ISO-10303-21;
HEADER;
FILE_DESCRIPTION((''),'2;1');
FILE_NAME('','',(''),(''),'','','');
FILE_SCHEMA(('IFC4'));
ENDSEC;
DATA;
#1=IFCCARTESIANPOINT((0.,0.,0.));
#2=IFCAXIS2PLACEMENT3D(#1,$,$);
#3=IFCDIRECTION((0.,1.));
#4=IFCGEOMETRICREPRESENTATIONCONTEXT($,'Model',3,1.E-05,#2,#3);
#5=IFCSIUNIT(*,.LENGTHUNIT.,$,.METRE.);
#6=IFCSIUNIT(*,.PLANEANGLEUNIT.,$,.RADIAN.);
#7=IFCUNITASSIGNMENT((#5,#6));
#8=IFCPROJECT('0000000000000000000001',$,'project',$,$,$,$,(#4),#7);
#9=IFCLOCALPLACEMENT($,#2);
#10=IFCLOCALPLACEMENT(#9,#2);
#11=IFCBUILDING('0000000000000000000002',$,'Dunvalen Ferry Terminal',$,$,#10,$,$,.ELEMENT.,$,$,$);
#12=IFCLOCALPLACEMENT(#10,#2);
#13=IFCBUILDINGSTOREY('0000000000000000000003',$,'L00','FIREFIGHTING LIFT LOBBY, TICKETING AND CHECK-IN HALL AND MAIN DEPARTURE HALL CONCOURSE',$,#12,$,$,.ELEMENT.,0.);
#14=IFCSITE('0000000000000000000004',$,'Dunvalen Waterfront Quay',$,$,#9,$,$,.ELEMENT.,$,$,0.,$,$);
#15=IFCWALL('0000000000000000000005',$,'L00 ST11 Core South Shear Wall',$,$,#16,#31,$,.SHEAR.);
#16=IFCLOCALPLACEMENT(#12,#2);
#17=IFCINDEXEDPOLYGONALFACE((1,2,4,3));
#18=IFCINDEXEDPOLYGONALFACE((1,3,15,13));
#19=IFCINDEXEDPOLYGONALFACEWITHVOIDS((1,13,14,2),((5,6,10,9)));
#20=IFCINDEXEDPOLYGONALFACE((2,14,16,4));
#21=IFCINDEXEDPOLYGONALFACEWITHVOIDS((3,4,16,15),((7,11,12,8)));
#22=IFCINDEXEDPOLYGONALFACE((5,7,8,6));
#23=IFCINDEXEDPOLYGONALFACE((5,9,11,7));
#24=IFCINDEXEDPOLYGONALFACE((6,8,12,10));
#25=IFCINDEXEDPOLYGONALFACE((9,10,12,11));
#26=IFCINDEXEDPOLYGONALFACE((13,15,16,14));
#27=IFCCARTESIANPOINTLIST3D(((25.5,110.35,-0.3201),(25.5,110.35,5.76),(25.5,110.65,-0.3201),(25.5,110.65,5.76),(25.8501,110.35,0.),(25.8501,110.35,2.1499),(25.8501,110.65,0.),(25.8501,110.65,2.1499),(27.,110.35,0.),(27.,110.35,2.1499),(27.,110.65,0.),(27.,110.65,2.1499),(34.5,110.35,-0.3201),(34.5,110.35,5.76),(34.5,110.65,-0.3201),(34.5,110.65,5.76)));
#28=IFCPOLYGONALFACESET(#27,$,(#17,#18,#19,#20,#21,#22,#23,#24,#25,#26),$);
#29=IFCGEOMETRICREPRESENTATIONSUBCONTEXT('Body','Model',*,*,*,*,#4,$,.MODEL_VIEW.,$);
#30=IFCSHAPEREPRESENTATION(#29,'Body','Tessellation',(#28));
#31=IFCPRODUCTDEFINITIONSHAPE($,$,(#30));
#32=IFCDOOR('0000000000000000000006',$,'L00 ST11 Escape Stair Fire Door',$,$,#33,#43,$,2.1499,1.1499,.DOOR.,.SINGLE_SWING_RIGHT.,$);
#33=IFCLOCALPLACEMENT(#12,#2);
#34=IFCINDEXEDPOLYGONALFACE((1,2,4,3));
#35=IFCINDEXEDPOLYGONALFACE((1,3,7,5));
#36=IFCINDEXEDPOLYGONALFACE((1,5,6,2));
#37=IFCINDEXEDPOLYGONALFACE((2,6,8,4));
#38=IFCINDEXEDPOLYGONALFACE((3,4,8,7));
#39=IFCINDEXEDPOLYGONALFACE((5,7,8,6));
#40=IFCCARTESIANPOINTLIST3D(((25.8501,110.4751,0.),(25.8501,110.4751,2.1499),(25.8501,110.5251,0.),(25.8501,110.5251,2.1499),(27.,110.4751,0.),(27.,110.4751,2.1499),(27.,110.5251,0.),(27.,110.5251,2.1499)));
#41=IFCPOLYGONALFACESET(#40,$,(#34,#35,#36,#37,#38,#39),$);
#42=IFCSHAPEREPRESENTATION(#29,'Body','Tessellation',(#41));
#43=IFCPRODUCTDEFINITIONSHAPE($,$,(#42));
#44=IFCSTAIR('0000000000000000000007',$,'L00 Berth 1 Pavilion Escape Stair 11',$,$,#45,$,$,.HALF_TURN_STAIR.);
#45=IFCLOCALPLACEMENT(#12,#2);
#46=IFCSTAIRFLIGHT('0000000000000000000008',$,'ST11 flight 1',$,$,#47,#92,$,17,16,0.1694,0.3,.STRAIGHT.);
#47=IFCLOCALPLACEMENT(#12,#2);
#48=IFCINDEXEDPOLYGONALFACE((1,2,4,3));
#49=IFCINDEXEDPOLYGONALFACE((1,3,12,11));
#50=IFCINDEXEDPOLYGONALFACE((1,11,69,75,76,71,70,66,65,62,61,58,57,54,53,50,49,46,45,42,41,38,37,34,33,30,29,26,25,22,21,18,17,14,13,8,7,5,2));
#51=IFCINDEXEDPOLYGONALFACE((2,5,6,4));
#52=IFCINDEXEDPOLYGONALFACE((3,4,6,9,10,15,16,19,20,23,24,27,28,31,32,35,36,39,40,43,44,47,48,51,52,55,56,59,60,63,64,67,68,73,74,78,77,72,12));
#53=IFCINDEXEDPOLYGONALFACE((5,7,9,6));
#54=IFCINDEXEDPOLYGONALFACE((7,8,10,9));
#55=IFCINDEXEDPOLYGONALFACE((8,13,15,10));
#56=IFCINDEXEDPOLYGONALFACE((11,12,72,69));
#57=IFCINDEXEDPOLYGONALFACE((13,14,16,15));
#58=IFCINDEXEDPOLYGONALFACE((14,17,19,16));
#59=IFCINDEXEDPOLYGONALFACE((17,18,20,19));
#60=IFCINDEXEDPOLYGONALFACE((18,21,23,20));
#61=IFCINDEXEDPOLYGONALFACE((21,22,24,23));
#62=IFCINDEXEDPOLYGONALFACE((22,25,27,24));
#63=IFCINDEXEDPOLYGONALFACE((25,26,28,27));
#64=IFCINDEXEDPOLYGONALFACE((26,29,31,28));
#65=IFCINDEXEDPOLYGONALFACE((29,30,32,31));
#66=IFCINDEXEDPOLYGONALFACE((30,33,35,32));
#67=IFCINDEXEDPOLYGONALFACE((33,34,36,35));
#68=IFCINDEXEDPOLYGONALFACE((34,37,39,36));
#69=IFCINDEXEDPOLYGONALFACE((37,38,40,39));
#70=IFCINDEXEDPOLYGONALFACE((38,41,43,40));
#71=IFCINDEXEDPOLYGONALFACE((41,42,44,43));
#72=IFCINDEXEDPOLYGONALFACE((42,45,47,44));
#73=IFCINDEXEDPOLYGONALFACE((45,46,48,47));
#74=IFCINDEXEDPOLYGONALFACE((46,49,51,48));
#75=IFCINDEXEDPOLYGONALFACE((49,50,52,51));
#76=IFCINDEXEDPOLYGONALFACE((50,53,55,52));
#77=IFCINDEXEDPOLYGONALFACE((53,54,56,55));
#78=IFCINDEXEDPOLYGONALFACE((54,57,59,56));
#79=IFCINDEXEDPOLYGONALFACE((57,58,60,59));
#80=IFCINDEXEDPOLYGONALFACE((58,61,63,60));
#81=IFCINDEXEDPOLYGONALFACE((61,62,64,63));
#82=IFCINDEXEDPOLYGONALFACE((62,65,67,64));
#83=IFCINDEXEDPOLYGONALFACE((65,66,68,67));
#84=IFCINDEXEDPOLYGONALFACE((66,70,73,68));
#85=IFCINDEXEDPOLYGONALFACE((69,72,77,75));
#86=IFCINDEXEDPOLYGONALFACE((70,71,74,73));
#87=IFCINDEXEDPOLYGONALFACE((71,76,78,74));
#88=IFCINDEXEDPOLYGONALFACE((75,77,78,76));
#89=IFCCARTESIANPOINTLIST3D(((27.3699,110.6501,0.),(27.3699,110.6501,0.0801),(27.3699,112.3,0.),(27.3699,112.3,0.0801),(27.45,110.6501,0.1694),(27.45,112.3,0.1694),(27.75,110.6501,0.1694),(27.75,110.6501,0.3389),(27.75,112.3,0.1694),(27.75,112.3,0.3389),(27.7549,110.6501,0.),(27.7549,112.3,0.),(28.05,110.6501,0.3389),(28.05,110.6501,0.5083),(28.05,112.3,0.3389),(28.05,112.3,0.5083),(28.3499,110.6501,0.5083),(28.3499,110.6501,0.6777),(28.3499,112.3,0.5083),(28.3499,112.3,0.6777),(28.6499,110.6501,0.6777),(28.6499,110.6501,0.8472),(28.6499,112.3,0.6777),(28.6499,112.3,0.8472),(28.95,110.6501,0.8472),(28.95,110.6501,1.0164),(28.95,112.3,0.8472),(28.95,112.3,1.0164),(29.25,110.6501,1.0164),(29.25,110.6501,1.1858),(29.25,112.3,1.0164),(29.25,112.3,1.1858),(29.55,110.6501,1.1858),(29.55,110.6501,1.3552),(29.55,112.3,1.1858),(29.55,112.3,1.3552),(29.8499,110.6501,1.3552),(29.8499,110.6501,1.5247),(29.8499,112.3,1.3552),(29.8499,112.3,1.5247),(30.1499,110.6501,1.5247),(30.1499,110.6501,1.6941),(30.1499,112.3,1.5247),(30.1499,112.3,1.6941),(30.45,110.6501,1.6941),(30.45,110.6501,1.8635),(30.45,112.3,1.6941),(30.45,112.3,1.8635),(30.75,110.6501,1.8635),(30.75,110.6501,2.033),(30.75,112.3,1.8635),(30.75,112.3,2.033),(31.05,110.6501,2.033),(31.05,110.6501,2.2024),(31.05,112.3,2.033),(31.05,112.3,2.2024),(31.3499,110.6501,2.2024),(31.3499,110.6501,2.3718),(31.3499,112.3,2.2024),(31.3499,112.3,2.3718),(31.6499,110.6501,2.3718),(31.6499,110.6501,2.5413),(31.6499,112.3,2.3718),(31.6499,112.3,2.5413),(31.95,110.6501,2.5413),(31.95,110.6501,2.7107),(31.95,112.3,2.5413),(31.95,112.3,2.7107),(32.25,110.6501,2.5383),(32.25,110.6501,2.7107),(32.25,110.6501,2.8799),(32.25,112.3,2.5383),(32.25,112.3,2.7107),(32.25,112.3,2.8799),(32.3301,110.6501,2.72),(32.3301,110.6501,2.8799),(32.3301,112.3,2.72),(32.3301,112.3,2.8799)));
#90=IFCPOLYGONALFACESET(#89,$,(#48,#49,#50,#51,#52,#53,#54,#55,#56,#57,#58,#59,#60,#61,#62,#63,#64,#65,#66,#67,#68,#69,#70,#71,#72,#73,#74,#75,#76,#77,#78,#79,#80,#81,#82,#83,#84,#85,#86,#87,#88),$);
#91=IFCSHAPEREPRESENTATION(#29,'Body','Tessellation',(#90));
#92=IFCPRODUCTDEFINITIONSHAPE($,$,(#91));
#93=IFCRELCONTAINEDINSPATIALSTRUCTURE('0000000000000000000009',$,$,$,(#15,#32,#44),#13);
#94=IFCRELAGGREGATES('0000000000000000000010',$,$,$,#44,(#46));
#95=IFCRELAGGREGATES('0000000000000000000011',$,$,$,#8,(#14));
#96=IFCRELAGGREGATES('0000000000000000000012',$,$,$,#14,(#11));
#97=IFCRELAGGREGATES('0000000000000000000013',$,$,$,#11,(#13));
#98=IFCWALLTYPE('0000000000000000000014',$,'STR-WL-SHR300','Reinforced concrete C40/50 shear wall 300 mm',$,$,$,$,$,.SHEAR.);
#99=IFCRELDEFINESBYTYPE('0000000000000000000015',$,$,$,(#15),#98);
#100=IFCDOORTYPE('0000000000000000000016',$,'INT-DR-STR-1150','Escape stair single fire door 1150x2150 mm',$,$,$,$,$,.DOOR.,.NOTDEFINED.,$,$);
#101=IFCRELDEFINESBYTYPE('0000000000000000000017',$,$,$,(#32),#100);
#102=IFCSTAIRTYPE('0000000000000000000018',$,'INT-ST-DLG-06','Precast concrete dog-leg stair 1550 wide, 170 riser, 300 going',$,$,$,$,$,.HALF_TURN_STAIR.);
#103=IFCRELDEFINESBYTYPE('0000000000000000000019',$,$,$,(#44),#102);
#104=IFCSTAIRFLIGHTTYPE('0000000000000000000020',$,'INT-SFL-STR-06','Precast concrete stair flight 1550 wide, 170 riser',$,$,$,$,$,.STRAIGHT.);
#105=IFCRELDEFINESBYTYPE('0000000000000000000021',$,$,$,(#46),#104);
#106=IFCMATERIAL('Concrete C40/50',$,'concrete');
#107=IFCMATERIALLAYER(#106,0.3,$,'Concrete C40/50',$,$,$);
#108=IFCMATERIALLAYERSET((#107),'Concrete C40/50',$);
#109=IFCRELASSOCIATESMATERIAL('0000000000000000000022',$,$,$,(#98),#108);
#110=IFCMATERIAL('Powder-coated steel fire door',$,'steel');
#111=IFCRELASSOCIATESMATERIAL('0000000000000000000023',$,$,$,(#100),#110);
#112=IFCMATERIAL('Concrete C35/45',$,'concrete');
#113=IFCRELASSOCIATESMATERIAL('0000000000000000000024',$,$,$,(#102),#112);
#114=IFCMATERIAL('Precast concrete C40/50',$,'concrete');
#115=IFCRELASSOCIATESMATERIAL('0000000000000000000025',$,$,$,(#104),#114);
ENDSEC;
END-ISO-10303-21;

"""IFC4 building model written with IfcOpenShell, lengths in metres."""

from ifc_helpers import new_model, si_unit, direction, frame, frame_2d, origin, place, context, subcontext, project, spatial, polyline, rectangle, outline, extrude, material, layer, layer_set, type_object, element, fill, aggregate, save


model = new_model("IFC4")

# Units and contexts
model_context = context("Model", 3, precision=1e-05, world=origin(), true_north=direction((0.0, 1.0)))
body_context = subcontext(model_context, "Body", "Model", "MODEL_VIEW")
ifc_project = project(units=[si_unit("LENGTHUNIT", "METRE"), si_unit("PLANEANGLEUNIT", "RADIAN")], contexts=[model_context])

# Site, building, storey
site_placement = place(None, origin())
site = spatial("IfcSite", under=ifc_project, at=site_placement, Name="Dunvalen Waterfront Quay", CompositionType="ELEMENT", RefElevation=0.0)
building_placement = place(site_placement, origin())
building = spatial("IfcBuilding", under=site, at=building_placement, Name="Dunvalen Ferry Terminal", CompositionType="ELEMENT")
storey_placement = place(building_placement, origin())
storey = spatial("IfcBuildingStorey", under=building, at=storey_placement, Name="L00", Description="FIREFIGHTING LIFT LOBBY, TICKETING AND CHECK-IN HALL AND MAIN DEPARTURE HALL CONCOURSE", CompositionType="ELEMENT", Elevation=0.0)

# Shared definitions
ifc_material_1 = material(Name="Concrete C40/50", Category="concrete")

# Shared definitions
ifc_layer = layer(ifc_material_1, 0.3, Name="Concrete C40/50")
ifc_layer_set = layer_set([ifc_layer], Name="Concrete C40/50")
wall_type = type_object("IfcWallType", Name="STR-WL-SHR300", Description="Reinforced concrete C40/50 shear wall 300 mm", PredefinedType="SHEAR", material=ifc_layer_set)

# Wall, opening, door
wall_placement = place(storey_placement, frame((25.5, 110.5, -0.3201), z_axis=(0.0, 0.0, 1.0), x_axis=(1.0, 0.0, 0.0)))
wall = element("IfcWall", 1, at=wall_placement, inside=storey, type_object=wall_type, Name="L00 ST11 Core South Shear Wall", PredefinedType="SHEAR", context=body_context, shape_type="SweptSolid", body=[
    extrude(rectangle(XDim=9.0, YDim=0.3, at=frame_2d((4.5, 0.0))), origin(), (0.0, 0.0, 1.0), 6.0801),
])
opening_placement = place(wall_placement, frame((0.3501, 0.0, 0.3201)))
opening = element("IfcOpeningElement", 2, at=opening_placement, cuts=wall, PredefinedType="OPENING", context=body_context, shape_type="SweptSolid", body=[
    extrude(rectangle(XDim=1.1499, YDim=2.1499, at=frame_2d((0.575, 1.075))), frame((0.0, 0.1602, 0.0), z_axis=(0.0, -1.0, 0.0), x_axis=(1.0, 0.0, 0.0)), (0.0, 0.0, 1.0), 0.3201),
])
ifc_material_2 = material(Name="Powder-coated steel fire door", Category="steel")
door_type = type_object("IfcDoorType", Name="INT-DR-STR-1150", Description="Escape stair single fire door 1150x2150 mm", OperationType="NOTDEFINED", PredefinedType="DOOR", material=ifc_material_2)
door_placement = place(opening_placement, frame((1.1499, 0.0, 0.0), z_axis=(0.0, 0.0, 1.0), x_axis=(-1.0, 0.0, 0.0)))
door = element("IfcDoor", 3, at=door_placement, inside=storey, type_object=door_type, Name="L00 ST11 Escape Stair Fire Door", OperationType="SINGLE_SWING_RIGHT", OverallHeight=2.1499, OverallWidth=1.1499, PredefinedType="DOOR", context=body_context, shape_type="SweptSolid", body=[
    extrude(rectangle(XDim=1.1499, YDim=2.1499, at=frame_2d((0.575, 1.075))), frame((0.0, 0.0249, 0.0), z_axis=(0.0, -1.0, 0.0), x_axis=(1.0, 0.0, 0.0)), (0.0, 0.0, 1.0), 0.05),
])
fill(opening, door)

# Stair, stair flight
ifc_material_3 = material(Name="Concrete C35/45", Category="concrete")
stair_type = type_object("IfcStairType", Name="INT-ST-DLG-06", Description="Precast concrete dog-leg stair 1550 wide, 170 riser, 300 going", PredefinedType="HALF_TURN_STAIR", material=ifc_material_3)
stair_placement = place(storey_placement, origin())
stair = element("IfcStair", 4, at=stair_placement, inside=storey, type_object=stair_type, Name="L00 Berth 1 Pavilion Escape Stair 11", PredefinedType="HALF_TURN_STAIR")
ifc_material_4 = material(Name="Precast concrete C40/50", Category="concrete")
stair_flight_type = type_object("IfcStairFlightType", Name="INT-SFL-STR-06", Description="Precast concrete stair flight 1550 wide, 170 riser", PredefinedType="STRAIGHT", material=ifc_material_4)
stair_flight_placement = place(storey_placement, frame((27.45, 111.4751, 0.0), z_axis=(0.0, 0.0, 1.0), x_axis=(1.0, 0.0, 0.0)))
stair_flight = element("IfcStairFlight", 5, at=stair_flight_placement, type_object=stair_flight_type, Name="ST11 flight 1", NumberOfRisers=17, NumberOfTreads=16, PredefinedType="STRAIGHT", RiserHeight=0.1694, TreadLength=0.3, context=body_context, shape_type="SweptSolid", body=[
    extrude(outline(polyline([(-0.0801, 0.0), (-0.0801, 0.0801), (0.0, 0.1694), (0.3, 0.1694), (0.3, 0.3389), (0.6001, 0.3389), (0.6001, 0.5083), (0.8999, 0.5083), (0.8999, 0.6777), (1.2, 0.6777), (1.2, 0.8472), (1.5, 0.8472), (1.5, 1.0164), (1.8, 1.0164), (1.8, 1.1858), (2.1001, 1.1858), (2.1001, 1.3552), (2.3999, 1.3552), (2.3999, 1.5247), (2.7, 1.5247), (2.7, 1.6941), (3.0, 1.6941), (3.0, 1.8635), (3.3, 1.8635), (3.3, 2.033), (3.6001, 2.033), (3.6001, 2.2024), (3.8999, 2.2024), (3.8999, 2.3718), (4.2, 2.3718), (4.2, 2.5413), (4.5, 2.5413), (4.5, 2.7107), (4.8, 2.7107), (4.8, 2.8799), (4.8801, 2.8799), (4.8801, 2.72), (4.8, 2.5383), (0.3049, 0.0), (-0.0801, 0.0)])), frame((0.0, 0.825, 0.0), z_axis=(0.0, -1.0, 0.0), x_axis=(1.0, 0.0, 0.0)), (0.0, 0.0, 1.0), 1.6499),
])
aggregate(stair, [stair_flight])

save(model, "model.ifc")
